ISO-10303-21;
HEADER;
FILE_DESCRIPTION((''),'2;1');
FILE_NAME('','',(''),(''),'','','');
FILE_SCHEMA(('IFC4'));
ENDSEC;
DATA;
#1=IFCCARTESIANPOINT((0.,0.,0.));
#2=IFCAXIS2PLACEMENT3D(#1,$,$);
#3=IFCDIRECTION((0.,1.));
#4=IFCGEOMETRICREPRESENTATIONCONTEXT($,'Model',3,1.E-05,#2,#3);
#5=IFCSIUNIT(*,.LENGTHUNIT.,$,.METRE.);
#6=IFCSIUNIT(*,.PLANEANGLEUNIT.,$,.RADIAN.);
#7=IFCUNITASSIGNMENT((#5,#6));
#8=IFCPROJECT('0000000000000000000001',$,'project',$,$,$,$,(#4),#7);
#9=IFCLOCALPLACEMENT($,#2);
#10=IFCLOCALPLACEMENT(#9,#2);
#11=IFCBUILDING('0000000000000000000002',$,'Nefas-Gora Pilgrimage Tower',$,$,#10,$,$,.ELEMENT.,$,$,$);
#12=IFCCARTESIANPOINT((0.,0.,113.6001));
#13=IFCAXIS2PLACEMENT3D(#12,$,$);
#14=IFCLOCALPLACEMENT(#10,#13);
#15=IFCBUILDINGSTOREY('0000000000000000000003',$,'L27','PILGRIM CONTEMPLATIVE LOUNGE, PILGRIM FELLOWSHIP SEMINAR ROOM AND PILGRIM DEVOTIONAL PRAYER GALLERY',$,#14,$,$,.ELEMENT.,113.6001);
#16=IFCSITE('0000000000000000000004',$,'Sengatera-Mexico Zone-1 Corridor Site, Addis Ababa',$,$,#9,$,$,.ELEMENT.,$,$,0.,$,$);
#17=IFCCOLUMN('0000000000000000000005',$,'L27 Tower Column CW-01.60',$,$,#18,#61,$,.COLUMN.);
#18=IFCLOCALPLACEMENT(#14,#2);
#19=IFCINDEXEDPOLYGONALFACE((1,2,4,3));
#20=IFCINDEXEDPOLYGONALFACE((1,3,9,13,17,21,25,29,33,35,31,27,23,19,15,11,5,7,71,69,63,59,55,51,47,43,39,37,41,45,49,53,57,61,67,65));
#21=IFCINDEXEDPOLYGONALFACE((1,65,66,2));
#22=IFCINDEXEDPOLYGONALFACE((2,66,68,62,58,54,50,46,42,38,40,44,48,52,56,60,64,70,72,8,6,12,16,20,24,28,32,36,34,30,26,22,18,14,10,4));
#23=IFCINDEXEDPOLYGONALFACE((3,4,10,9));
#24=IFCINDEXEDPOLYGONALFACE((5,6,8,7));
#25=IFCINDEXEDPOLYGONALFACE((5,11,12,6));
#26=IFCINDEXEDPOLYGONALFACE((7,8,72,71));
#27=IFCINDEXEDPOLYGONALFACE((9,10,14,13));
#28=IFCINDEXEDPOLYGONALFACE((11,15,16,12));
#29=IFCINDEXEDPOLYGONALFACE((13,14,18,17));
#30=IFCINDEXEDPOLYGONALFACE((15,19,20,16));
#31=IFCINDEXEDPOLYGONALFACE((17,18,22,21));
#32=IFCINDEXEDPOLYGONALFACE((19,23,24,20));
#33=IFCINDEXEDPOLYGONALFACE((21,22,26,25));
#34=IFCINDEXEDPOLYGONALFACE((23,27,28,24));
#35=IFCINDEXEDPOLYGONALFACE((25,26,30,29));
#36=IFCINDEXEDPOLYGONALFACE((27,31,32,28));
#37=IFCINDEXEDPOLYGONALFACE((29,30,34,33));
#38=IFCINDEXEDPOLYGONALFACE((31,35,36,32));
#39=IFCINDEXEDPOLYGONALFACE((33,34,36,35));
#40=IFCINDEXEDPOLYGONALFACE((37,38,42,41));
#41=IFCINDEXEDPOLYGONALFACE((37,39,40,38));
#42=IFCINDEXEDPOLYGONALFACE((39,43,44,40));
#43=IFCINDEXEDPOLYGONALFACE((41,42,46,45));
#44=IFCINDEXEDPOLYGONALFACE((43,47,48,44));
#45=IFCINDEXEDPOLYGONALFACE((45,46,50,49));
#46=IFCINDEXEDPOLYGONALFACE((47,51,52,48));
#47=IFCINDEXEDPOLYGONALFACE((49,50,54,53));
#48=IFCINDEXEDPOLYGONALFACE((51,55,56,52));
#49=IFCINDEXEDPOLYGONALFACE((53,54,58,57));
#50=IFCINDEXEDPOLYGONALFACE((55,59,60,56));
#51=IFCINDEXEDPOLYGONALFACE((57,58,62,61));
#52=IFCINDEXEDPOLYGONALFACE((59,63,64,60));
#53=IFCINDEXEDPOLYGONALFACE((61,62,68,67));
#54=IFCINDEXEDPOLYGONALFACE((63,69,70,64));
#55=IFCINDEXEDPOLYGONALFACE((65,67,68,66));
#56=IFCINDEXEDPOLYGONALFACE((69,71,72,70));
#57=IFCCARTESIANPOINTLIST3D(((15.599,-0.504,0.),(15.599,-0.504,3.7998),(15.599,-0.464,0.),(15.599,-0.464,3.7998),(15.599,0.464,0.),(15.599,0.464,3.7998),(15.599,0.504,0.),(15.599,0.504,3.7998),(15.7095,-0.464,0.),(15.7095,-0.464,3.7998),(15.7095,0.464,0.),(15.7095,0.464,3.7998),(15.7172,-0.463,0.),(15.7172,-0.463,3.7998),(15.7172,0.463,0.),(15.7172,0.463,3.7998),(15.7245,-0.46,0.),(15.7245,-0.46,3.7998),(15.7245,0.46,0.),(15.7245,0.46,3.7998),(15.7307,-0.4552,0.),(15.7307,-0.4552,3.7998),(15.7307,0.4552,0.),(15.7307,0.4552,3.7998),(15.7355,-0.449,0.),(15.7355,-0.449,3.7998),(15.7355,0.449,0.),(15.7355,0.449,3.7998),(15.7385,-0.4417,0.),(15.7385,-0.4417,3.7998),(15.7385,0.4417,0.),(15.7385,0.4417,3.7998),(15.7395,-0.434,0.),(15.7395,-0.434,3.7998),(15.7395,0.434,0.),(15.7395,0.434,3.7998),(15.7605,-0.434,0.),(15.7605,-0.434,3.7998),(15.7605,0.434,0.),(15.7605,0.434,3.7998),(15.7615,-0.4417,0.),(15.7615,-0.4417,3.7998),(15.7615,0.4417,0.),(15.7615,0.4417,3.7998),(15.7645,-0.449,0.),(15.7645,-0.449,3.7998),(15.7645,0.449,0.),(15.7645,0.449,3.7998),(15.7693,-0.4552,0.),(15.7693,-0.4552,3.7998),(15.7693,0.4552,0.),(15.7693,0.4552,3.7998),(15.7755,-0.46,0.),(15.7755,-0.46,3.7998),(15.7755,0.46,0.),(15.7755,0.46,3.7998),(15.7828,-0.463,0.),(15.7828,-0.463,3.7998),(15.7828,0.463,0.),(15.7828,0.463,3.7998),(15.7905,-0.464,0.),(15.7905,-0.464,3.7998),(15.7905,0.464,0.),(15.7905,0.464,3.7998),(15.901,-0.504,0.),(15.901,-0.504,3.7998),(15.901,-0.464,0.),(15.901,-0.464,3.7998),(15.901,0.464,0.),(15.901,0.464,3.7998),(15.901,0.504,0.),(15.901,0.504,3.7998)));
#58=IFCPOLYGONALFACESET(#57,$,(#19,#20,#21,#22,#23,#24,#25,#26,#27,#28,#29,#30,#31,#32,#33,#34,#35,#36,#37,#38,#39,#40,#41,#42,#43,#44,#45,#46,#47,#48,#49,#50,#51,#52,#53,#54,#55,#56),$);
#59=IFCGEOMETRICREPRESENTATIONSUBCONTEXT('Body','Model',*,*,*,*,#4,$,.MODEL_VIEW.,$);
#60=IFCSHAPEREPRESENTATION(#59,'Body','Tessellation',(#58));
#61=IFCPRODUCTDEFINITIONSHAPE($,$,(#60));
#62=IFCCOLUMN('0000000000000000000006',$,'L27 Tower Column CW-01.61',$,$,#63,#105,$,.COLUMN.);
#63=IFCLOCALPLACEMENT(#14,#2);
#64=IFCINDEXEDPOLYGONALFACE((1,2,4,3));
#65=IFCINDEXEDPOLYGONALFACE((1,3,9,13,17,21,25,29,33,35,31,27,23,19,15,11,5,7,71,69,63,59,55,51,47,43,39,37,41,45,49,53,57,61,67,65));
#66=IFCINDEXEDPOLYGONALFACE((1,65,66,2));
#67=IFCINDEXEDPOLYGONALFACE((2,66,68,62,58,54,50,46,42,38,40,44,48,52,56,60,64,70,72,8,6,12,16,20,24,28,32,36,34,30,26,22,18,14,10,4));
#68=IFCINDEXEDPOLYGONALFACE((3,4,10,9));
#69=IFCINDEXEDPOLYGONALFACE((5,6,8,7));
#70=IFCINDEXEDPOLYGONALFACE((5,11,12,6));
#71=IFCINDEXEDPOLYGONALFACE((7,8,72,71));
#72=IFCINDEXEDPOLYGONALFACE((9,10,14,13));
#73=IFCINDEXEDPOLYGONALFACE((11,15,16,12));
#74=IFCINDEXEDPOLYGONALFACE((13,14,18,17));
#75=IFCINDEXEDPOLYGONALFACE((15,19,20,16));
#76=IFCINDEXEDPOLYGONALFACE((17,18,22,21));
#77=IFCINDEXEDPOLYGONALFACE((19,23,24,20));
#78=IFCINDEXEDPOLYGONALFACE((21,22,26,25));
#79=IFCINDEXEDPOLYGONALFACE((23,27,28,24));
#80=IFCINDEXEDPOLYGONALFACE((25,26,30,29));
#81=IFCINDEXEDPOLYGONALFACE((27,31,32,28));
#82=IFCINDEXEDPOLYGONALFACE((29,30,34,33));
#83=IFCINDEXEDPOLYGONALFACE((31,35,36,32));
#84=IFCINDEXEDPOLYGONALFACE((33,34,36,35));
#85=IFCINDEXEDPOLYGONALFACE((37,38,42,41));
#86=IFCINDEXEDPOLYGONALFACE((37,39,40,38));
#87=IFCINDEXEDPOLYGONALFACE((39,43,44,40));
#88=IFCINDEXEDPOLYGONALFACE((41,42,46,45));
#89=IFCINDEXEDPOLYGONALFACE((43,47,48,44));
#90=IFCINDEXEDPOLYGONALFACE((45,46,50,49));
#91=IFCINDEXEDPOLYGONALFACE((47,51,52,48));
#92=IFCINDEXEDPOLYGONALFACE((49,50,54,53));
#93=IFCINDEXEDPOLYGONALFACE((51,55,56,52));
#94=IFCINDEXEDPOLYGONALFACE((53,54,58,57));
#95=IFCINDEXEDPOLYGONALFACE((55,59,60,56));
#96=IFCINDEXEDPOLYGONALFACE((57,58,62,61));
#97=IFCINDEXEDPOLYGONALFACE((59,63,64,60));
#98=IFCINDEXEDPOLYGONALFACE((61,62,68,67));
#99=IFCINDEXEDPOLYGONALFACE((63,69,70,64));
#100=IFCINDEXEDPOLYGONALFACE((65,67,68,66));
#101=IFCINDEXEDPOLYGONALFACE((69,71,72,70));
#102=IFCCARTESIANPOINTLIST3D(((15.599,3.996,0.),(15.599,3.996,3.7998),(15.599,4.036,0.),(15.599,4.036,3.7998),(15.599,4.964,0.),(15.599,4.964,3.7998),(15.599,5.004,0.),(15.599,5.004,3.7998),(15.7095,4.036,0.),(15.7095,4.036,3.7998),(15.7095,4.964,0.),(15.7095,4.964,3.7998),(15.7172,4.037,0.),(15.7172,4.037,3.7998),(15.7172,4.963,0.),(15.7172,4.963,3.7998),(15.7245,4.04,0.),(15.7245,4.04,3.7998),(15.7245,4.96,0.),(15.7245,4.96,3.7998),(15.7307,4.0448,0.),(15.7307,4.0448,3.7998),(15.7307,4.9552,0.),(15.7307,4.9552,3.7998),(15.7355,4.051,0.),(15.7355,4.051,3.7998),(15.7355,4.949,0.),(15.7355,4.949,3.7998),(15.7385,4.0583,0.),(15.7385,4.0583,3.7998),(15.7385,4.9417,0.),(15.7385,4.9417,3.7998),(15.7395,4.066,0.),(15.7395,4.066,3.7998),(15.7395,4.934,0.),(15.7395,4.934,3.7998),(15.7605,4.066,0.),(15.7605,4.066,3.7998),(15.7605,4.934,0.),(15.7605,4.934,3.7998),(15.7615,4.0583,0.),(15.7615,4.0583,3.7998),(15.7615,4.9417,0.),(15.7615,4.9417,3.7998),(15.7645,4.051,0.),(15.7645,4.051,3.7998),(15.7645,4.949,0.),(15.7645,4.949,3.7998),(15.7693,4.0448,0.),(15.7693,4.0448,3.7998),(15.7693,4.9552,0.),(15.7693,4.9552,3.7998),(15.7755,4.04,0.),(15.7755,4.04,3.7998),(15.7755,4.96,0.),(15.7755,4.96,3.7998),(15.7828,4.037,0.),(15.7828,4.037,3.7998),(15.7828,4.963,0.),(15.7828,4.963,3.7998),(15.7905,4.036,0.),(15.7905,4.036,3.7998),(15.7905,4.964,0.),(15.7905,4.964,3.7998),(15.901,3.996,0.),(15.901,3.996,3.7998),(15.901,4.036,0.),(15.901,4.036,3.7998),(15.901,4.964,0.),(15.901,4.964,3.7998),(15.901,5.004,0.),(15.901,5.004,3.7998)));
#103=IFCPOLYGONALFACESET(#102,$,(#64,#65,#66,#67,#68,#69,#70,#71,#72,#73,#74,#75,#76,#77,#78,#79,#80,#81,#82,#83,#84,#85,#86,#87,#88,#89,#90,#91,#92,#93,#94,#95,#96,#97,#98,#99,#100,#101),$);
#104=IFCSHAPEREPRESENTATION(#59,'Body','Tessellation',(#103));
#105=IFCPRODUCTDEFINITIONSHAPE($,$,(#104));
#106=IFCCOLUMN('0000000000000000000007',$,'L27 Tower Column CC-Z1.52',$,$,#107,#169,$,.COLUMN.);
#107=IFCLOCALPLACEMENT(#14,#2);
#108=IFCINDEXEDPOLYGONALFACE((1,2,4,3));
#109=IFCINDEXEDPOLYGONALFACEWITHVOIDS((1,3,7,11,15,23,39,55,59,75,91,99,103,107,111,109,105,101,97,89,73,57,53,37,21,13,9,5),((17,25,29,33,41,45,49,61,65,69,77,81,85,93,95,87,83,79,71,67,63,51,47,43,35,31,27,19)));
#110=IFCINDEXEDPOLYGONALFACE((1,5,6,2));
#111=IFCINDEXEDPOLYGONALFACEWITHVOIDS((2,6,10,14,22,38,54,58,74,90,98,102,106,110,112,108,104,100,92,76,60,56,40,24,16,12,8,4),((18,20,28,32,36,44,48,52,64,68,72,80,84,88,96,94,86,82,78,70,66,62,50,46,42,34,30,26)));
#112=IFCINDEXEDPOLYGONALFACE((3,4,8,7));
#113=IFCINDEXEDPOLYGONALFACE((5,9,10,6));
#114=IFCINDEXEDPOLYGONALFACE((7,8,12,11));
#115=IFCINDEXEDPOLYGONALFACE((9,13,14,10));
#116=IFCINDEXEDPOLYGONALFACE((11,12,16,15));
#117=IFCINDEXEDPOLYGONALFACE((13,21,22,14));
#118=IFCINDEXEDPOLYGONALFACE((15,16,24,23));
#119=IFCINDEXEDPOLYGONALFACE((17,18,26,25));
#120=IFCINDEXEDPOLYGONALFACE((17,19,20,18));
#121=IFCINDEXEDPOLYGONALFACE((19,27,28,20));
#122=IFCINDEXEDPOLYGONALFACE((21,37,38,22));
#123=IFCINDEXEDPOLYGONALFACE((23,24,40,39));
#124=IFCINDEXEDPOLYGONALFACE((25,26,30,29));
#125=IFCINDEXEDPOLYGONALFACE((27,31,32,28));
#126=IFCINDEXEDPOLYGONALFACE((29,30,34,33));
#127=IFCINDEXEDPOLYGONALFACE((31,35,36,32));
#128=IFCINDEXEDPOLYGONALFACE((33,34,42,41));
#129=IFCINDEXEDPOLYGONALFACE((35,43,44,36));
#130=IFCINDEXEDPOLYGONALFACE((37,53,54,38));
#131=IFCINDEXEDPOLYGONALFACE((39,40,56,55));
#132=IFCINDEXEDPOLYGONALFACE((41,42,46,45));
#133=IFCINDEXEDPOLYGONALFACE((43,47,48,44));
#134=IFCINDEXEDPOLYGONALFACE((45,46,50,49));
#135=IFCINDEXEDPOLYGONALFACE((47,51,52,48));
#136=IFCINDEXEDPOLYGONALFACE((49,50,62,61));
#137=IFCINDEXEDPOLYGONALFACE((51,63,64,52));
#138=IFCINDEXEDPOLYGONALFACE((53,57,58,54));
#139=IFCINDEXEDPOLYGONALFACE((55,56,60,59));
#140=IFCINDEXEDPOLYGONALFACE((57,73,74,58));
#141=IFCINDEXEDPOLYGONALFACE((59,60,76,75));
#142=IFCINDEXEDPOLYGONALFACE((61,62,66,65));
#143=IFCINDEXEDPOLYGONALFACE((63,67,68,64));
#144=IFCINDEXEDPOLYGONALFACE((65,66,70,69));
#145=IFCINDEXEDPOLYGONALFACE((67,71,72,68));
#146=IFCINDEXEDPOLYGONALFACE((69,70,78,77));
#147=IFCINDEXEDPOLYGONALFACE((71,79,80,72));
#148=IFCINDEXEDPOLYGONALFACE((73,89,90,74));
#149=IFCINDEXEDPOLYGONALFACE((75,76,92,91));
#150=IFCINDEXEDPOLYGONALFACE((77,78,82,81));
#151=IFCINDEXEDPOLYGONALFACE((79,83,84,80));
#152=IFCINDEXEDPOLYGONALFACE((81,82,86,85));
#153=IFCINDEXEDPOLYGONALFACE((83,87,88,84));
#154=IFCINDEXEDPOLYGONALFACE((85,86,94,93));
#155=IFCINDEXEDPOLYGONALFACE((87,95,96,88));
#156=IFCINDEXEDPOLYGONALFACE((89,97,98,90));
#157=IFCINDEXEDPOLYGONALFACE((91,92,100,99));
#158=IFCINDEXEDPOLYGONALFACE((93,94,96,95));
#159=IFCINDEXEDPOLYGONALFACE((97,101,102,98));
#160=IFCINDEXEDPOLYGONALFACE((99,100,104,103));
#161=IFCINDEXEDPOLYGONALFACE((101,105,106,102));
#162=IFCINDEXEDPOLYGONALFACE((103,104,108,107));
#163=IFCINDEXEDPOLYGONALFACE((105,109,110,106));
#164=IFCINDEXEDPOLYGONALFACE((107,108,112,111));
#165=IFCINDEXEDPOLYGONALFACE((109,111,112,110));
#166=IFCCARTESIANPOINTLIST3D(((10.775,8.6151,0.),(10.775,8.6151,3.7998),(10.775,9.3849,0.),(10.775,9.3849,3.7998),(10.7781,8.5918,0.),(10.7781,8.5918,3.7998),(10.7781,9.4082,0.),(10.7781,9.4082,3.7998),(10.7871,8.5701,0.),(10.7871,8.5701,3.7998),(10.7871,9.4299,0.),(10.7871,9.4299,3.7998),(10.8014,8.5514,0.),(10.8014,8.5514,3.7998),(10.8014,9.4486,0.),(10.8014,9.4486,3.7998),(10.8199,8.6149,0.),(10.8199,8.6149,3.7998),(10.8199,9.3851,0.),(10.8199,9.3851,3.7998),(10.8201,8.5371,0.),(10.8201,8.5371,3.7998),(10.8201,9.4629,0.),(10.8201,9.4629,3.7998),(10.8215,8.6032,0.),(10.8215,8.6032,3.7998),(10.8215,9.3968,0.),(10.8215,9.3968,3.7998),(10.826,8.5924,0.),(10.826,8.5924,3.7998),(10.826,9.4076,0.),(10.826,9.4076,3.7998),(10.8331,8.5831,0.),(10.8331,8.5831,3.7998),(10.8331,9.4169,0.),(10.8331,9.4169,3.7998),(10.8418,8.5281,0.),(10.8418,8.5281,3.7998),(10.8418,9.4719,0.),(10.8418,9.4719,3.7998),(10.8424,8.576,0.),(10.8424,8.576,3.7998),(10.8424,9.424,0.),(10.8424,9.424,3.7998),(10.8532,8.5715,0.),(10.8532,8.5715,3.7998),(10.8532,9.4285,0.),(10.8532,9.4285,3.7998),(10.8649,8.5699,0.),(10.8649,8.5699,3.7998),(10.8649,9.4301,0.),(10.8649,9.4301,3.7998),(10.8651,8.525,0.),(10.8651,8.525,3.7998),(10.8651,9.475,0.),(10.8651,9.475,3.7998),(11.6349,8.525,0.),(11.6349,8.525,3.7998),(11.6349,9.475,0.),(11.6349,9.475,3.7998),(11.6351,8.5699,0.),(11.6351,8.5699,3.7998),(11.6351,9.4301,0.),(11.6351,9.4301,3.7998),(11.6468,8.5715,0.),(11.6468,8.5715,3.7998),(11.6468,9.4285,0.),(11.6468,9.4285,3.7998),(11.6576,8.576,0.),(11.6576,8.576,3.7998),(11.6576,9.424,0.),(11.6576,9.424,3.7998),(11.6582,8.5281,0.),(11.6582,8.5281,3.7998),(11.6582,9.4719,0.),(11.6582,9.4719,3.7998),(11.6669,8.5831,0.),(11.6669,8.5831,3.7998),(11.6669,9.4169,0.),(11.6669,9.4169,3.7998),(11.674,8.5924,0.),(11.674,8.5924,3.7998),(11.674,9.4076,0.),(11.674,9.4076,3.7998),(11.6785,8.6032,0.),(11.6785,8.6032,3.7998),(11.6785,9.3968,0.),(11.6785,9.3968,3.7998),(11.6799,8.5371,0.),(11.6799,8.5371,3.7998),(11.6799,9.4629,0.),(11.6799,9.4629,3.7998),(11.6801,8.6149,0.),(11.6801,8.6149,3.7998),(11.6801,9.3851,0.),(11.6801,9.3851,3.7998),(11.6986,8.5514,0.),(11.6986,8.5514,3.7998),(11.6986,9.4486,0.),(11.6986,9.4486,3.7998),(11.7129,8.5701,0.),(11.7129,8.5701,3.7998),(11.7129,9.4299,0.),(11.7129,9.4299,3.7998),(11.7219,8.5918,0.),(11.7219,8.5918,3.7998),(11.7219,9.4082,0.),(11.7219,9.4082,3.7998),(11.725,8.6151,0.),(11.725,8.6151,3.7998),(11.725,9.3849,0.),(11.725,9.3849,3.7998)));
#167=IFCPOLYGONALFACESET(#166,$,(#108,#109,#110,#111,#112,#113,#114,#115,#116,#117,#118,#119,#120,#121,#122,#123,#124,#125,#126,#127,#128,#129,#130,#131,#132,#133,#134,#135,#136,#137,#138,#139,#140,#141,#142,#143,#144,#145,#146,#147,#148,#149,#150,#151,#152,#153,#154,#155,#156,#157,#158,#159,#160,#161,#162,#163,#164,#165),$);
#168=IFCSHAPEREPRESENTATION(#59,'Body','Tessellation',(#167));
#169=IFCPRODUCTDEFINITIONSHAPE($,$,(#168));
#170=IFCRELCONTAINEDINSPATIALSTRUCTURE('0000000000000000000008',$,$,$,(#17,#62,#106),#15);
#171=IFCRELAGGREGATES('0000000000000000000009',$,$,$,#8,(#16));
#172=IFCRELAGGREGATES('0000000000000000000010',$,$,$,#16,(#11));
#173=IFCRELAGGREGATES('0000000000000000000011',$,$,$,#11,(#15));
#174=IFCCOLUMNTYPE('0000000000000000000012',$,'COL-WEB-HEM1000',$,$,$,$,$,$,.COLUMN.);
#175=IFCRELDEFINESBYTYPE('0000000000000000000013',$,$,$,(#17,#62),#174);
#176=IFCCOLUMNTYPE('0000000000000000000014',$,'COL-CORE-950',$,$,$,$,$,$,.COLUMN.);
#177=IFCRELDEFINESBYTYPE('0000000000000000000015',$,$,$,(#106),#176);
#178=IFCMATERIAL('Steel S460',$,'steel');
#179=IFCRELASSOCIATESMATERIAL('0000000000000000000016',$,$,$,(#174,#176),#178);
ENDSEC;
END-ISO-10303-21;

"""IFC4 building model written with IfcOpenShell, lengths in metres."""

from ifc_helpers import new_model, si_unit, direction, frame, origin, origin_2d, place, context, subcontext, project, spatial, hollow_rectangle, i_section, extrude, source, transform, mapped, material, material_profile, profile_set, type_object, element, save


model = new_model("IFC4")

# Units and contexts
model_context = context("Model", 3, precision=1e-05, world=origin(), true_north=direction((0.0, 1.0)))
body_context = subcontext(model_context, "Body", "Model", "MODEL_VIEW")
ifc_project = project(units=[si_unit("LENGTHUNIT", "METRE"), si_unit("PLANEANGLEUNIT", "RADIAN")], contexts=[model_context])

# Site, building, storey
site_placement = place(None, origin())
site = spatial("IfcSite", under=ifc_project, at=site_placement, Name="Sengatera-Mexico Zone-1 Corridor Site, Addis Ababa", CompositionType="ELEMENT", RefElevation=0.0)
building_placement = place(site_placement, origin())
building = spatial("IfcBuilding", under=site, at=building_placement, Name="Nefas-Gora Pilgrimage Tower", CompositionType="ELEMENT")
storey_placement = place(building_placement, frame((0.0, 0.0, 113.6001)))
storey = spatial("IfcBuildingStorey", under=building, at=storey_placement, Name="L27", Description="PILGRIM CONTEMPLATIVE LOUNGE, PILGRIM FELLOWSHIP SEMINAR ROOM AND PILGRIM DEVOTIONAL PRAYER GALLERY", CompositionType="ELEMENT", Elevation=113.6001)

# Columns
ifc_material_1 = material(Name="Steel S460", Category="steel")
ifc_material_profile_1 = material_profile(ifc_material_1, i_section(OverallWidth=0.302, OverallDepth=1.0081, WebThickness=0.021, FlangeThickness=0.04, FilletRadius=0.03, at=origin_2d()), Name="HEM 1000")
ifc_profile_set_1 = profile_set([ifc_material_profile_1], Name="Steel S460")
column_type_1 = type_object("IfcColumnType", Name="COL-WEB-HEM1000", PredefinedType="COLUMN", material=ifc_profile_set_1)
shared_shape_1 = source(origin(), body_context, "Body", "SweptSolid", [
    extrude(i_section(OverallWidth=0.302, OverallDepth=1.0081, WebThickness=0.021, FlangeThickness=0.04, FilletRadius=0.03, at=origin_2d()), origin(), (0.0, 0.0, 1.0), 3.7998),
])
for number, where, z_axis, x_axis, name in (
    (1, (15.75, 0.0, 0.0), (0.0, 0.0, 1.0), (1.0, 0.0, 0.0), "L27 Tower Column CW-01.60"),
    (2, (15.75, 4.5, 0.0), (0.0, 0.0, 1.0), (1.0, 0.0, 0.0), "L27 Tower Column CW-01.61"),
):
    element("IfcColumn", number, at=place(storey_placement, frame(where, z_axis=z_axis, x_axis=x_axis)), inside=storey, type_object=column_type_1, Name=name, PredefinedType="COLUMN", context=body_context, shape_type="MappedRepresentation", body=[
        mapped(shared_shape_1, transform((0.0, 0.0, 0.0), x_axis=(1.0, 0.0, 0.0), y_axis=(0.0, 1.0, 0.0), z_axis=(0.0, 0.0, 1.0), scale=1.0)),
    ])
ifc_material_profile_2 = material_profile(ifc_material_1, hollow_rectangle(XDim=0.95, YDim=0.95, WallThickness=0.0449, InnerFilletRadius=0.0449, OuterFilletRadius=0.0901, at=origin_2d()), Name="BOX 950x950x45")
ifc_profile_set_2 = profile_set([ifc_material_profile_2], Name="Steel S460")
column_type_2 = type_object("IfcColumnType", Name="COL-CORE-950", PredefinedType="COLUMN", material=ifc_profile_set_2)
shared_shape_2 = source(origin(), body_context, "Body", "SweptSolid", [
    extrude(hollow_rectangle(XDim=0.95, YDim=0.95, WallThickness=0.0449, InnerFilletRadius=0.0449, OuterFilletRadius=0.0901, at=origin_2d()), origin(), (0.0, 0.0, 1.0), 3.7998),
])
column_placement = place(storey_placement, frame((11.25, 9.0, 0.0), z_axis=(0.0, 0.0, 1.0), x_axis=(1.0, 0.0, 0.0)))
element("IfcColumn", 3, at=column_placement, inside=storey, type_object=column_type_2, Name="L27 Tower Column CC-Z1.52", PredefinedType="COLUMN", context=body_context, shape_type="MappedRepresentation", body=[
    mapped(shared_shape_2, transform((0.0, 0.0, 0.0), x_axis=(1.0, 0.0, 0.0), y_axis=(0.0, 1.0, 0.0), z_axis=(0.0, 0.0, 1.0), scale=1.0)),
])

save(model, "model.ifc")
